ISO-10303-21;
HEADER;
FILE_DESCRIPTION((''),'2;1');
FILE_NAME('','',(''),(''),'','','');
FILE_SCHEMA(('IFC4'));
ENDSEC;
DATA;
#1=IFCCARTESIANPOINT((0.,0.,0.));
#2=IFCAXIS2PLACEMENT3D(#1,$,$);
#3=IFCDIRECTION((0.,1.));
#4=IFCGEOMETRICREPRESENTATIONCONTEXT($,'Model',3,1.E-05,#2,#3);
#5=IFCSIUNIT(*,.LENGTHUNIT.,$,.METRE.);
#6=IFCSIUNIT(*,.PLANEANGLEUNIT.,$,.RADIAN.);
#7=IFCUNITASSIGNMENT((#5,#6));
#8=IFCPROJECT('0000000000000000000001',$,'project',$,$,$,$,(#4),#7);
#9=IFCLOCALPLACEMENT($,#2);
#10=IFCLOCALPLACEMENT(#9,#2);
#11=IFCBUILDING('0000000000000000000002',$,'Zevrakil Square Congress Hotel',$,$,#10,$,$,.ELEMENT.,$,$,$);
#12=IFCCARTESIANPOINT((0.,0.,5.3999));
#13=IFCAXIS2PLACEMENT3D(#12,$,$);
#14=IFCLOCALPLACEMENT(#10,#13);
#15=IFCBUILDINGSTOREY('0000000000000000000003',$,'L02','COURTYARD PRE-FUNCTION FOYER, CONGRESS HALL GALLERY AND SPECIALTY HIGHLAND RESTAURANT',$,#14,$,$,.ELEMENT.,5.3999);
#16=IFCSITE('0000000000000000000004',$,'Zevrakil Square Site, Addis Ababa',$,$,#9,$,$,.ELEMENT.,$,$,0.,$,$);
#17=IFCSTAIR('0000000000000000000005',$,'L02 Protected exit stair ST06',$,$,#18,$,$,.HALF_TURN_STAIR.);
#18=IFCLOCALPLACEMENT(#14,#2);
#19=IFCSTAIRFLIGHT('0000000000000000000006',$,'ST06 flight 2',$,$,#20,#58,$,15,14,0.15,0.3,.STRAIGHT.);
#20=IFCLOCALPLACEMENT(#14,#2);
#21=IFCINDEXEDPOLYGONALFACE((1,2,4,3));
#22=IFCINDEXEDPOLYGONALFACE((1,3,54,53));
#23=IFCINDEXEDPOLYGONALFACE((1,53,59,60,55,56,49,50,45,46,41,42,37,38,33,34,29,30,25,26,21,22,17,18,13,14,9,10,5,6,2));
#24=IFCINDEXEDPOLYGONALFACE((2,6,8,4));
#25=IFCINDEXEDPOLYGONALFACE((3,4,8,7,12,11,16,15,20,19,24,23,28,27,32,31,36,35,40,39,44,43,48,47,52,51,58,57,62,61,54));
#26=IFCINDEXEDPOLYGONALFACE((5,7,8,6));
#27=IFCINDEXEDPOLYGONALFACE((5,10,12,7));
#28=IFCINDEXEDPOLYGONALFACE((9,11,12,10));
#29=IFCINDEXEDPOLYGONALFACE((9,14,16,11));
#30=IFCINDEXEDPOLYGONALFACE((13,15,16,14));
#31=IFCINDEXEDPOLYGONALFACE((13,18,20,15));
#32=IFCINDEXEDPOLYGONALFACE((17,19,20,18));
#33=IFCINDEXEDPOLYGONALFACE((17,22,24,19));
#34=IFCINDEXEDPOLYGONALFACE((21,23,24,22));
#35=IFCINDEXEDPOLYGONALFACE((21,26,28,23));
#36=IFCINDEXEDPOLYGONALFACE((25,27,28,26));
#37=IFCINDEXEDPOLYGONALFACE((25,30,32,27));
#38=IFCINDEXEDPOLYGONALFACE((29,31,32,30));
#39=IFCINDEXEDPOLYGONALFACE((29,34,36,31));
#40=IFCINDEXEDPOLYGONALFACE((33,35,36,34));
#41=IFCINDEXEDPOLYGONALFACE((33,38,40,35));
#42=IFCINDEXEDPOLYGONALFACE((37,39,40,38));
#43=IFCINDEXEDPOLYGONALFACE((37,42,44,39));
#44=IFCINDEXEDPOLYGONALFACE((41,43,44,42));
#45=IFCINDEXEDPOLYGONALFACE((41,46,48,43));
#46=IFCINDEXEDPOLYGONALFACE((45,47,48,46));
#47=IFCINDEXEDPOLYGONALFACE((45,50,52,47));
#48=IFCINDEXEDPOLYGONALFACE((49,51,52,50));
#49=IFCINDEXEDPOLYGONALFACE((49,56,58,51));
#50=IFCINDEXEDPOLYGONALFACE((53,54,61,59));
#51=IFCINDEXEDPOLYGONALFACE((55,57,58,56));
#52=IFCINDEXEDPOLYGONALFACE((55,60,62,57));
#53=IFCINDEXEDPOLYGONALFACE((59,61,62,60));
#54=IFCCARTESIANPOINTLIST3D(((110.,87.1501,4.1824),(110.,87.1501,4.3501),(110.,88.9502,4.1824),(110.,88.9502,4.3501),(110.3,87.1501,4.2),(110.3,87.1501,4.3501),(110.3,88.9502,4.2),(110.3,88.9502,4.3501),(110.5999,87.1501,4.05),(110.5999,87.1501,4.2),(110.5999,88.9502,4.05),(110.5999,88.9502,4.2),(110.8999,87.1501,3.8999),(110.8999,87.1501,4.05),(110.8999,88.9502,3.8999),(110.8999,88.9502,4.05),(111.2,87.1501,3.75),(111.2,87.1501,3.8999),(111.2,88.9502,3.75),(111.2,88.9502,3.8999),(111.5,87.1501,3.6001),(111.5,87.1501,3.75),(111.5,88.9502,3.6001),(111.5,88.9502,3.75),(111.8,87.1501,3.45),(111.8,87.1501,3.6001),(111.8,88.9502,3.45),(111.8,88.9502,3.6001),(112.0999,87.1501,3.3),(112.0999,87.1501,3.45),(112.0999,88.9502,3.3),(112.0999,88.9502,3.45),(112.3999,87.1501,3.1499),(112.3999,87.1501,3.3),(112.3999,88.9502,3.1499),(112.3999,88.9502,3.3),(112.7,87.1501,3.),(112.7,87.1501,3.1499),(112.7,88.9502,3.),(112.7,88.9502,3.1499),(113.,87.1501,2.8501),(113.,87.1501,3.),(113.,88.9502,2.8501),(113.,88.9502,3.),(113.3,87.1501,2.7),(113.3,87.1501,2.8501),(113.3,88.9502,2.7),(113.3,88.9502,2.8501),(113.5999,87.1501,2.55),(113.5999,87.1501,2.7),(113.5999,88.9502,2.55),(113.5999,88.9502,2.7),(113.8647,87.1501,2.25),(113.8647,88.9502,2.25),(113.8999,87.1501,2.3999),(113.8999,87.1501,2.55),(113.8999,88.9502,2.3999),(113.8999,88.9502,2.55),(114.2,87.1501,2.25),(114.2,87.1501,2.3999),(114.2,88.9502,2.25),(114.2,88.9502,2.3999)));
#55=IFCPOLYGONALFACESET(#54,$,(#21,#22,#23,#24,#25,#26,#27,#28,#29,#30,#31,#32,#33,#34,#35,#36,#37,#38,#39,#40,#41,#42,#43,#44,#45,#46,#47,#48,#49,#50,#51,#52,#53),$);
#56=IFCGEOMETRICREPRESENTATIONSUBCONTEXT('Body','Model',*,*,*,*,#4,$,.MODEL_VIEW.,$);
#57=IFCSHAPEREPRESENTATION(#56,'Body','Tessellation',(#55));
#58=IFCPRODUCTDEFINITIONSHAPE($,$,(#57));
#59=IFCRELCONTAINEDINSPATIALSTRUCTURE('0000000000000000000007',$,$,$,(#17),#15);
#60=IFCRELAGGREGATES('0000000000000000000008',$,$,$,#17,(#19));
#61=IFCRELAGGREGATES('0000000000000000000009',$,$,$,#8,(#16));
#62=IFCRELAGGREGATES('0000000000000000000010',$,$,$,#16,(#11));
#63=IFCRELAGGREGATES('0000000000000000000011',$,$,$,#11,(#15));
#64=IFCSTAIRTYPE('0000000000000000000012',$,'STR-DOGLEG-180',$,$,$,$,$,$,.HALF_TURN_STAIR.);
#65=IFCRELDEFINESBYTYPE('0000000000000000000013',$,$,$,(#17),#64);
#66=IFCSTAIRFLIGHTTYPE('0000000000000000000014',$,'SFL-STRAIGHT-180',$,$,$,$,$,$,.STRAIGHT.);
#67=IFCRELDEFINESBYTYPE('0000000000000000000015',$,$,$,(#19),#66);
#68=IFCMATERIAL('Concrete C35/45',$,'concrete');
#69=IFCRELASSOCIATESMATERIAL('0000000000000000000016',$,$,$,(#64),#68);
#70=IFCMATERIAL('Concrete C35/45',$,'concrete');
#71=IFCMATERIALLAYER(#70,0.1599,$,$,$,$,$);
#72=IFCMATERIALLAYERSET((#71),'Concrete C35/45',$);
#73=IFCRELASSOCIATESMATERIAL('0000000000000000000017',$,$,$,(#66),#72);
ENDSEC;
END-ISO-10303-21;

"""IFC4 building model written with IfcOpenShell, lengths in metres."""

from ifc_helpers import new_model, si_unit, direction, frame, origin, place, context, subcontext, project, spatial, polyline, outline, extrude, material, layer, layer_set, type_object, element, aggregate, save


model = new_model("IFC4")

# Units and contexts
model_context = context("Model", 3, precision=1e-05, world=origin(), true_north=direction((0.0, 1.0)))
body_context = subcontext(model_context, "Body", "Model", "MODEL_VIEW")
ifc_project = project(units=[si_unit("LENGTHUNIT", "METRE"), si_unit("PLANEANGLEUNIT", "RADIAN")], contexts=[model_context])

# Site, building, storey
site_placement = place(None, origin())
site = spatial("IfcSite", under=ifc_project, at=site_placement, Name="Zevrakil Square Site, Addis Ababa", CompositionType="ELEMENT", RefElevation=0.0)
building_placement = place(site_placement, origin())
building = spatial("IfcBuilding", under=site, at=building_placement, Name="Zevrakil Square Congress Hotel", CompositionType="ELEMENT")
storey_placement = place(building_placement, frame((0.0, 0.0, 5.3999)))
storey = spatial("IfcBuildingStorey", under=building, at=storey_placement, Name="L02", Description="COURTYARD PRE-FUNCTION FOYER, CONGRESS HALL GALLERY AND SPECIALTY HIGHLAND RESTAURANT", CompositionType="ELEMENT", Elevation=5.3999)

# Stair, stair flight
ifc_material_1 = material(Name="Concrete C35/45", Category="concrete")
stair_type = type_object("IfcStairType", Name="STR-DOGLEG-180", PredefinedType="HALF_TURN_STAIR", material=ifc_material_1)
stair_placement = place(storey_placement, origin())
stair = element("IfcStair", 1, at=stair_placement, inside=storey, type_object=stair_type, Name="L02 Protected exit stair ST06", PredefinedType="HALF_TURN_STAIR")
ifc_material_2 = material(Name="Concrete C35/45", Category="concrete")
ifc_layer_1 = layer(ifc_material_2, 0.1599)
ifc_layer_set_1 = layer_set([ifc_layer_1], Name="Concrete C35/45")
stair_flight_type = type_object("IfcStairFlightType", Name="SFL-STRAIGHT-180", PredefinedType="STRAIGHT", material=ifc_layer_set_1)
stair_flight_placement = place(storey_placement, frame((114.2, 88.05, 2.25), z_axis=(0.0, 0.0, 1.0), x_axis=(-1.0, 0.0, 0.0)))
stair_flight = element("IfcStairFlight", 2, at=stair_flight_placement, type_object=stair_flight_type, Name="ST06 flight 2", NumberOfRisers=15, NumberOfTreads=14, PredefinedType="STRAIGHT", RiserHeight=0.15, TreadLength=0.3, context=body_context, shape_type="SweptSolid", body=[
    extrude(outline(polyline([(0.0, 0.0), (0.0, 0.1499), (0.3, 0.1499), (0.3, 0.3), (0.6001, 0.3), (0.6001, 0.45), (0.8999, 0.45), (0.8999, 0.6001), (1.2, 0.6001), (1.2, 0.75), (1.5, 0.75), (1.5, 0.8999), (1.8, 0.8999), (1.8, 1.05), (2.1001, 1.05), (2.1001, 1.2), (2.3999, 1.2), (2.3999, 1.3501), (2.7, 1.3501), (2.7, 1.5), (3.0, 1.5), (3.0, 1.6499), (3.3, 1.6499), (3.3, 1.8), (3.6001, 1.8), (3.6001, 1.95), (3.8999, 1.95), (3.8999, 2.1001), (4.2, 2.1001), (4.2, 2.25), (4.2, 1.9324), (0.3352, 0.0), (0.0, 0.0)])), frame((0.0, 0.8999, 0.0), z_axis=(0.0, -1.0, 0.0), x_axis=(1.0, 0.0, 0.0)), (0.0, 0.0, 1.0), 1.8),
])
aggregate(stair, [stair_flight])

save(model, "model.ifc")
